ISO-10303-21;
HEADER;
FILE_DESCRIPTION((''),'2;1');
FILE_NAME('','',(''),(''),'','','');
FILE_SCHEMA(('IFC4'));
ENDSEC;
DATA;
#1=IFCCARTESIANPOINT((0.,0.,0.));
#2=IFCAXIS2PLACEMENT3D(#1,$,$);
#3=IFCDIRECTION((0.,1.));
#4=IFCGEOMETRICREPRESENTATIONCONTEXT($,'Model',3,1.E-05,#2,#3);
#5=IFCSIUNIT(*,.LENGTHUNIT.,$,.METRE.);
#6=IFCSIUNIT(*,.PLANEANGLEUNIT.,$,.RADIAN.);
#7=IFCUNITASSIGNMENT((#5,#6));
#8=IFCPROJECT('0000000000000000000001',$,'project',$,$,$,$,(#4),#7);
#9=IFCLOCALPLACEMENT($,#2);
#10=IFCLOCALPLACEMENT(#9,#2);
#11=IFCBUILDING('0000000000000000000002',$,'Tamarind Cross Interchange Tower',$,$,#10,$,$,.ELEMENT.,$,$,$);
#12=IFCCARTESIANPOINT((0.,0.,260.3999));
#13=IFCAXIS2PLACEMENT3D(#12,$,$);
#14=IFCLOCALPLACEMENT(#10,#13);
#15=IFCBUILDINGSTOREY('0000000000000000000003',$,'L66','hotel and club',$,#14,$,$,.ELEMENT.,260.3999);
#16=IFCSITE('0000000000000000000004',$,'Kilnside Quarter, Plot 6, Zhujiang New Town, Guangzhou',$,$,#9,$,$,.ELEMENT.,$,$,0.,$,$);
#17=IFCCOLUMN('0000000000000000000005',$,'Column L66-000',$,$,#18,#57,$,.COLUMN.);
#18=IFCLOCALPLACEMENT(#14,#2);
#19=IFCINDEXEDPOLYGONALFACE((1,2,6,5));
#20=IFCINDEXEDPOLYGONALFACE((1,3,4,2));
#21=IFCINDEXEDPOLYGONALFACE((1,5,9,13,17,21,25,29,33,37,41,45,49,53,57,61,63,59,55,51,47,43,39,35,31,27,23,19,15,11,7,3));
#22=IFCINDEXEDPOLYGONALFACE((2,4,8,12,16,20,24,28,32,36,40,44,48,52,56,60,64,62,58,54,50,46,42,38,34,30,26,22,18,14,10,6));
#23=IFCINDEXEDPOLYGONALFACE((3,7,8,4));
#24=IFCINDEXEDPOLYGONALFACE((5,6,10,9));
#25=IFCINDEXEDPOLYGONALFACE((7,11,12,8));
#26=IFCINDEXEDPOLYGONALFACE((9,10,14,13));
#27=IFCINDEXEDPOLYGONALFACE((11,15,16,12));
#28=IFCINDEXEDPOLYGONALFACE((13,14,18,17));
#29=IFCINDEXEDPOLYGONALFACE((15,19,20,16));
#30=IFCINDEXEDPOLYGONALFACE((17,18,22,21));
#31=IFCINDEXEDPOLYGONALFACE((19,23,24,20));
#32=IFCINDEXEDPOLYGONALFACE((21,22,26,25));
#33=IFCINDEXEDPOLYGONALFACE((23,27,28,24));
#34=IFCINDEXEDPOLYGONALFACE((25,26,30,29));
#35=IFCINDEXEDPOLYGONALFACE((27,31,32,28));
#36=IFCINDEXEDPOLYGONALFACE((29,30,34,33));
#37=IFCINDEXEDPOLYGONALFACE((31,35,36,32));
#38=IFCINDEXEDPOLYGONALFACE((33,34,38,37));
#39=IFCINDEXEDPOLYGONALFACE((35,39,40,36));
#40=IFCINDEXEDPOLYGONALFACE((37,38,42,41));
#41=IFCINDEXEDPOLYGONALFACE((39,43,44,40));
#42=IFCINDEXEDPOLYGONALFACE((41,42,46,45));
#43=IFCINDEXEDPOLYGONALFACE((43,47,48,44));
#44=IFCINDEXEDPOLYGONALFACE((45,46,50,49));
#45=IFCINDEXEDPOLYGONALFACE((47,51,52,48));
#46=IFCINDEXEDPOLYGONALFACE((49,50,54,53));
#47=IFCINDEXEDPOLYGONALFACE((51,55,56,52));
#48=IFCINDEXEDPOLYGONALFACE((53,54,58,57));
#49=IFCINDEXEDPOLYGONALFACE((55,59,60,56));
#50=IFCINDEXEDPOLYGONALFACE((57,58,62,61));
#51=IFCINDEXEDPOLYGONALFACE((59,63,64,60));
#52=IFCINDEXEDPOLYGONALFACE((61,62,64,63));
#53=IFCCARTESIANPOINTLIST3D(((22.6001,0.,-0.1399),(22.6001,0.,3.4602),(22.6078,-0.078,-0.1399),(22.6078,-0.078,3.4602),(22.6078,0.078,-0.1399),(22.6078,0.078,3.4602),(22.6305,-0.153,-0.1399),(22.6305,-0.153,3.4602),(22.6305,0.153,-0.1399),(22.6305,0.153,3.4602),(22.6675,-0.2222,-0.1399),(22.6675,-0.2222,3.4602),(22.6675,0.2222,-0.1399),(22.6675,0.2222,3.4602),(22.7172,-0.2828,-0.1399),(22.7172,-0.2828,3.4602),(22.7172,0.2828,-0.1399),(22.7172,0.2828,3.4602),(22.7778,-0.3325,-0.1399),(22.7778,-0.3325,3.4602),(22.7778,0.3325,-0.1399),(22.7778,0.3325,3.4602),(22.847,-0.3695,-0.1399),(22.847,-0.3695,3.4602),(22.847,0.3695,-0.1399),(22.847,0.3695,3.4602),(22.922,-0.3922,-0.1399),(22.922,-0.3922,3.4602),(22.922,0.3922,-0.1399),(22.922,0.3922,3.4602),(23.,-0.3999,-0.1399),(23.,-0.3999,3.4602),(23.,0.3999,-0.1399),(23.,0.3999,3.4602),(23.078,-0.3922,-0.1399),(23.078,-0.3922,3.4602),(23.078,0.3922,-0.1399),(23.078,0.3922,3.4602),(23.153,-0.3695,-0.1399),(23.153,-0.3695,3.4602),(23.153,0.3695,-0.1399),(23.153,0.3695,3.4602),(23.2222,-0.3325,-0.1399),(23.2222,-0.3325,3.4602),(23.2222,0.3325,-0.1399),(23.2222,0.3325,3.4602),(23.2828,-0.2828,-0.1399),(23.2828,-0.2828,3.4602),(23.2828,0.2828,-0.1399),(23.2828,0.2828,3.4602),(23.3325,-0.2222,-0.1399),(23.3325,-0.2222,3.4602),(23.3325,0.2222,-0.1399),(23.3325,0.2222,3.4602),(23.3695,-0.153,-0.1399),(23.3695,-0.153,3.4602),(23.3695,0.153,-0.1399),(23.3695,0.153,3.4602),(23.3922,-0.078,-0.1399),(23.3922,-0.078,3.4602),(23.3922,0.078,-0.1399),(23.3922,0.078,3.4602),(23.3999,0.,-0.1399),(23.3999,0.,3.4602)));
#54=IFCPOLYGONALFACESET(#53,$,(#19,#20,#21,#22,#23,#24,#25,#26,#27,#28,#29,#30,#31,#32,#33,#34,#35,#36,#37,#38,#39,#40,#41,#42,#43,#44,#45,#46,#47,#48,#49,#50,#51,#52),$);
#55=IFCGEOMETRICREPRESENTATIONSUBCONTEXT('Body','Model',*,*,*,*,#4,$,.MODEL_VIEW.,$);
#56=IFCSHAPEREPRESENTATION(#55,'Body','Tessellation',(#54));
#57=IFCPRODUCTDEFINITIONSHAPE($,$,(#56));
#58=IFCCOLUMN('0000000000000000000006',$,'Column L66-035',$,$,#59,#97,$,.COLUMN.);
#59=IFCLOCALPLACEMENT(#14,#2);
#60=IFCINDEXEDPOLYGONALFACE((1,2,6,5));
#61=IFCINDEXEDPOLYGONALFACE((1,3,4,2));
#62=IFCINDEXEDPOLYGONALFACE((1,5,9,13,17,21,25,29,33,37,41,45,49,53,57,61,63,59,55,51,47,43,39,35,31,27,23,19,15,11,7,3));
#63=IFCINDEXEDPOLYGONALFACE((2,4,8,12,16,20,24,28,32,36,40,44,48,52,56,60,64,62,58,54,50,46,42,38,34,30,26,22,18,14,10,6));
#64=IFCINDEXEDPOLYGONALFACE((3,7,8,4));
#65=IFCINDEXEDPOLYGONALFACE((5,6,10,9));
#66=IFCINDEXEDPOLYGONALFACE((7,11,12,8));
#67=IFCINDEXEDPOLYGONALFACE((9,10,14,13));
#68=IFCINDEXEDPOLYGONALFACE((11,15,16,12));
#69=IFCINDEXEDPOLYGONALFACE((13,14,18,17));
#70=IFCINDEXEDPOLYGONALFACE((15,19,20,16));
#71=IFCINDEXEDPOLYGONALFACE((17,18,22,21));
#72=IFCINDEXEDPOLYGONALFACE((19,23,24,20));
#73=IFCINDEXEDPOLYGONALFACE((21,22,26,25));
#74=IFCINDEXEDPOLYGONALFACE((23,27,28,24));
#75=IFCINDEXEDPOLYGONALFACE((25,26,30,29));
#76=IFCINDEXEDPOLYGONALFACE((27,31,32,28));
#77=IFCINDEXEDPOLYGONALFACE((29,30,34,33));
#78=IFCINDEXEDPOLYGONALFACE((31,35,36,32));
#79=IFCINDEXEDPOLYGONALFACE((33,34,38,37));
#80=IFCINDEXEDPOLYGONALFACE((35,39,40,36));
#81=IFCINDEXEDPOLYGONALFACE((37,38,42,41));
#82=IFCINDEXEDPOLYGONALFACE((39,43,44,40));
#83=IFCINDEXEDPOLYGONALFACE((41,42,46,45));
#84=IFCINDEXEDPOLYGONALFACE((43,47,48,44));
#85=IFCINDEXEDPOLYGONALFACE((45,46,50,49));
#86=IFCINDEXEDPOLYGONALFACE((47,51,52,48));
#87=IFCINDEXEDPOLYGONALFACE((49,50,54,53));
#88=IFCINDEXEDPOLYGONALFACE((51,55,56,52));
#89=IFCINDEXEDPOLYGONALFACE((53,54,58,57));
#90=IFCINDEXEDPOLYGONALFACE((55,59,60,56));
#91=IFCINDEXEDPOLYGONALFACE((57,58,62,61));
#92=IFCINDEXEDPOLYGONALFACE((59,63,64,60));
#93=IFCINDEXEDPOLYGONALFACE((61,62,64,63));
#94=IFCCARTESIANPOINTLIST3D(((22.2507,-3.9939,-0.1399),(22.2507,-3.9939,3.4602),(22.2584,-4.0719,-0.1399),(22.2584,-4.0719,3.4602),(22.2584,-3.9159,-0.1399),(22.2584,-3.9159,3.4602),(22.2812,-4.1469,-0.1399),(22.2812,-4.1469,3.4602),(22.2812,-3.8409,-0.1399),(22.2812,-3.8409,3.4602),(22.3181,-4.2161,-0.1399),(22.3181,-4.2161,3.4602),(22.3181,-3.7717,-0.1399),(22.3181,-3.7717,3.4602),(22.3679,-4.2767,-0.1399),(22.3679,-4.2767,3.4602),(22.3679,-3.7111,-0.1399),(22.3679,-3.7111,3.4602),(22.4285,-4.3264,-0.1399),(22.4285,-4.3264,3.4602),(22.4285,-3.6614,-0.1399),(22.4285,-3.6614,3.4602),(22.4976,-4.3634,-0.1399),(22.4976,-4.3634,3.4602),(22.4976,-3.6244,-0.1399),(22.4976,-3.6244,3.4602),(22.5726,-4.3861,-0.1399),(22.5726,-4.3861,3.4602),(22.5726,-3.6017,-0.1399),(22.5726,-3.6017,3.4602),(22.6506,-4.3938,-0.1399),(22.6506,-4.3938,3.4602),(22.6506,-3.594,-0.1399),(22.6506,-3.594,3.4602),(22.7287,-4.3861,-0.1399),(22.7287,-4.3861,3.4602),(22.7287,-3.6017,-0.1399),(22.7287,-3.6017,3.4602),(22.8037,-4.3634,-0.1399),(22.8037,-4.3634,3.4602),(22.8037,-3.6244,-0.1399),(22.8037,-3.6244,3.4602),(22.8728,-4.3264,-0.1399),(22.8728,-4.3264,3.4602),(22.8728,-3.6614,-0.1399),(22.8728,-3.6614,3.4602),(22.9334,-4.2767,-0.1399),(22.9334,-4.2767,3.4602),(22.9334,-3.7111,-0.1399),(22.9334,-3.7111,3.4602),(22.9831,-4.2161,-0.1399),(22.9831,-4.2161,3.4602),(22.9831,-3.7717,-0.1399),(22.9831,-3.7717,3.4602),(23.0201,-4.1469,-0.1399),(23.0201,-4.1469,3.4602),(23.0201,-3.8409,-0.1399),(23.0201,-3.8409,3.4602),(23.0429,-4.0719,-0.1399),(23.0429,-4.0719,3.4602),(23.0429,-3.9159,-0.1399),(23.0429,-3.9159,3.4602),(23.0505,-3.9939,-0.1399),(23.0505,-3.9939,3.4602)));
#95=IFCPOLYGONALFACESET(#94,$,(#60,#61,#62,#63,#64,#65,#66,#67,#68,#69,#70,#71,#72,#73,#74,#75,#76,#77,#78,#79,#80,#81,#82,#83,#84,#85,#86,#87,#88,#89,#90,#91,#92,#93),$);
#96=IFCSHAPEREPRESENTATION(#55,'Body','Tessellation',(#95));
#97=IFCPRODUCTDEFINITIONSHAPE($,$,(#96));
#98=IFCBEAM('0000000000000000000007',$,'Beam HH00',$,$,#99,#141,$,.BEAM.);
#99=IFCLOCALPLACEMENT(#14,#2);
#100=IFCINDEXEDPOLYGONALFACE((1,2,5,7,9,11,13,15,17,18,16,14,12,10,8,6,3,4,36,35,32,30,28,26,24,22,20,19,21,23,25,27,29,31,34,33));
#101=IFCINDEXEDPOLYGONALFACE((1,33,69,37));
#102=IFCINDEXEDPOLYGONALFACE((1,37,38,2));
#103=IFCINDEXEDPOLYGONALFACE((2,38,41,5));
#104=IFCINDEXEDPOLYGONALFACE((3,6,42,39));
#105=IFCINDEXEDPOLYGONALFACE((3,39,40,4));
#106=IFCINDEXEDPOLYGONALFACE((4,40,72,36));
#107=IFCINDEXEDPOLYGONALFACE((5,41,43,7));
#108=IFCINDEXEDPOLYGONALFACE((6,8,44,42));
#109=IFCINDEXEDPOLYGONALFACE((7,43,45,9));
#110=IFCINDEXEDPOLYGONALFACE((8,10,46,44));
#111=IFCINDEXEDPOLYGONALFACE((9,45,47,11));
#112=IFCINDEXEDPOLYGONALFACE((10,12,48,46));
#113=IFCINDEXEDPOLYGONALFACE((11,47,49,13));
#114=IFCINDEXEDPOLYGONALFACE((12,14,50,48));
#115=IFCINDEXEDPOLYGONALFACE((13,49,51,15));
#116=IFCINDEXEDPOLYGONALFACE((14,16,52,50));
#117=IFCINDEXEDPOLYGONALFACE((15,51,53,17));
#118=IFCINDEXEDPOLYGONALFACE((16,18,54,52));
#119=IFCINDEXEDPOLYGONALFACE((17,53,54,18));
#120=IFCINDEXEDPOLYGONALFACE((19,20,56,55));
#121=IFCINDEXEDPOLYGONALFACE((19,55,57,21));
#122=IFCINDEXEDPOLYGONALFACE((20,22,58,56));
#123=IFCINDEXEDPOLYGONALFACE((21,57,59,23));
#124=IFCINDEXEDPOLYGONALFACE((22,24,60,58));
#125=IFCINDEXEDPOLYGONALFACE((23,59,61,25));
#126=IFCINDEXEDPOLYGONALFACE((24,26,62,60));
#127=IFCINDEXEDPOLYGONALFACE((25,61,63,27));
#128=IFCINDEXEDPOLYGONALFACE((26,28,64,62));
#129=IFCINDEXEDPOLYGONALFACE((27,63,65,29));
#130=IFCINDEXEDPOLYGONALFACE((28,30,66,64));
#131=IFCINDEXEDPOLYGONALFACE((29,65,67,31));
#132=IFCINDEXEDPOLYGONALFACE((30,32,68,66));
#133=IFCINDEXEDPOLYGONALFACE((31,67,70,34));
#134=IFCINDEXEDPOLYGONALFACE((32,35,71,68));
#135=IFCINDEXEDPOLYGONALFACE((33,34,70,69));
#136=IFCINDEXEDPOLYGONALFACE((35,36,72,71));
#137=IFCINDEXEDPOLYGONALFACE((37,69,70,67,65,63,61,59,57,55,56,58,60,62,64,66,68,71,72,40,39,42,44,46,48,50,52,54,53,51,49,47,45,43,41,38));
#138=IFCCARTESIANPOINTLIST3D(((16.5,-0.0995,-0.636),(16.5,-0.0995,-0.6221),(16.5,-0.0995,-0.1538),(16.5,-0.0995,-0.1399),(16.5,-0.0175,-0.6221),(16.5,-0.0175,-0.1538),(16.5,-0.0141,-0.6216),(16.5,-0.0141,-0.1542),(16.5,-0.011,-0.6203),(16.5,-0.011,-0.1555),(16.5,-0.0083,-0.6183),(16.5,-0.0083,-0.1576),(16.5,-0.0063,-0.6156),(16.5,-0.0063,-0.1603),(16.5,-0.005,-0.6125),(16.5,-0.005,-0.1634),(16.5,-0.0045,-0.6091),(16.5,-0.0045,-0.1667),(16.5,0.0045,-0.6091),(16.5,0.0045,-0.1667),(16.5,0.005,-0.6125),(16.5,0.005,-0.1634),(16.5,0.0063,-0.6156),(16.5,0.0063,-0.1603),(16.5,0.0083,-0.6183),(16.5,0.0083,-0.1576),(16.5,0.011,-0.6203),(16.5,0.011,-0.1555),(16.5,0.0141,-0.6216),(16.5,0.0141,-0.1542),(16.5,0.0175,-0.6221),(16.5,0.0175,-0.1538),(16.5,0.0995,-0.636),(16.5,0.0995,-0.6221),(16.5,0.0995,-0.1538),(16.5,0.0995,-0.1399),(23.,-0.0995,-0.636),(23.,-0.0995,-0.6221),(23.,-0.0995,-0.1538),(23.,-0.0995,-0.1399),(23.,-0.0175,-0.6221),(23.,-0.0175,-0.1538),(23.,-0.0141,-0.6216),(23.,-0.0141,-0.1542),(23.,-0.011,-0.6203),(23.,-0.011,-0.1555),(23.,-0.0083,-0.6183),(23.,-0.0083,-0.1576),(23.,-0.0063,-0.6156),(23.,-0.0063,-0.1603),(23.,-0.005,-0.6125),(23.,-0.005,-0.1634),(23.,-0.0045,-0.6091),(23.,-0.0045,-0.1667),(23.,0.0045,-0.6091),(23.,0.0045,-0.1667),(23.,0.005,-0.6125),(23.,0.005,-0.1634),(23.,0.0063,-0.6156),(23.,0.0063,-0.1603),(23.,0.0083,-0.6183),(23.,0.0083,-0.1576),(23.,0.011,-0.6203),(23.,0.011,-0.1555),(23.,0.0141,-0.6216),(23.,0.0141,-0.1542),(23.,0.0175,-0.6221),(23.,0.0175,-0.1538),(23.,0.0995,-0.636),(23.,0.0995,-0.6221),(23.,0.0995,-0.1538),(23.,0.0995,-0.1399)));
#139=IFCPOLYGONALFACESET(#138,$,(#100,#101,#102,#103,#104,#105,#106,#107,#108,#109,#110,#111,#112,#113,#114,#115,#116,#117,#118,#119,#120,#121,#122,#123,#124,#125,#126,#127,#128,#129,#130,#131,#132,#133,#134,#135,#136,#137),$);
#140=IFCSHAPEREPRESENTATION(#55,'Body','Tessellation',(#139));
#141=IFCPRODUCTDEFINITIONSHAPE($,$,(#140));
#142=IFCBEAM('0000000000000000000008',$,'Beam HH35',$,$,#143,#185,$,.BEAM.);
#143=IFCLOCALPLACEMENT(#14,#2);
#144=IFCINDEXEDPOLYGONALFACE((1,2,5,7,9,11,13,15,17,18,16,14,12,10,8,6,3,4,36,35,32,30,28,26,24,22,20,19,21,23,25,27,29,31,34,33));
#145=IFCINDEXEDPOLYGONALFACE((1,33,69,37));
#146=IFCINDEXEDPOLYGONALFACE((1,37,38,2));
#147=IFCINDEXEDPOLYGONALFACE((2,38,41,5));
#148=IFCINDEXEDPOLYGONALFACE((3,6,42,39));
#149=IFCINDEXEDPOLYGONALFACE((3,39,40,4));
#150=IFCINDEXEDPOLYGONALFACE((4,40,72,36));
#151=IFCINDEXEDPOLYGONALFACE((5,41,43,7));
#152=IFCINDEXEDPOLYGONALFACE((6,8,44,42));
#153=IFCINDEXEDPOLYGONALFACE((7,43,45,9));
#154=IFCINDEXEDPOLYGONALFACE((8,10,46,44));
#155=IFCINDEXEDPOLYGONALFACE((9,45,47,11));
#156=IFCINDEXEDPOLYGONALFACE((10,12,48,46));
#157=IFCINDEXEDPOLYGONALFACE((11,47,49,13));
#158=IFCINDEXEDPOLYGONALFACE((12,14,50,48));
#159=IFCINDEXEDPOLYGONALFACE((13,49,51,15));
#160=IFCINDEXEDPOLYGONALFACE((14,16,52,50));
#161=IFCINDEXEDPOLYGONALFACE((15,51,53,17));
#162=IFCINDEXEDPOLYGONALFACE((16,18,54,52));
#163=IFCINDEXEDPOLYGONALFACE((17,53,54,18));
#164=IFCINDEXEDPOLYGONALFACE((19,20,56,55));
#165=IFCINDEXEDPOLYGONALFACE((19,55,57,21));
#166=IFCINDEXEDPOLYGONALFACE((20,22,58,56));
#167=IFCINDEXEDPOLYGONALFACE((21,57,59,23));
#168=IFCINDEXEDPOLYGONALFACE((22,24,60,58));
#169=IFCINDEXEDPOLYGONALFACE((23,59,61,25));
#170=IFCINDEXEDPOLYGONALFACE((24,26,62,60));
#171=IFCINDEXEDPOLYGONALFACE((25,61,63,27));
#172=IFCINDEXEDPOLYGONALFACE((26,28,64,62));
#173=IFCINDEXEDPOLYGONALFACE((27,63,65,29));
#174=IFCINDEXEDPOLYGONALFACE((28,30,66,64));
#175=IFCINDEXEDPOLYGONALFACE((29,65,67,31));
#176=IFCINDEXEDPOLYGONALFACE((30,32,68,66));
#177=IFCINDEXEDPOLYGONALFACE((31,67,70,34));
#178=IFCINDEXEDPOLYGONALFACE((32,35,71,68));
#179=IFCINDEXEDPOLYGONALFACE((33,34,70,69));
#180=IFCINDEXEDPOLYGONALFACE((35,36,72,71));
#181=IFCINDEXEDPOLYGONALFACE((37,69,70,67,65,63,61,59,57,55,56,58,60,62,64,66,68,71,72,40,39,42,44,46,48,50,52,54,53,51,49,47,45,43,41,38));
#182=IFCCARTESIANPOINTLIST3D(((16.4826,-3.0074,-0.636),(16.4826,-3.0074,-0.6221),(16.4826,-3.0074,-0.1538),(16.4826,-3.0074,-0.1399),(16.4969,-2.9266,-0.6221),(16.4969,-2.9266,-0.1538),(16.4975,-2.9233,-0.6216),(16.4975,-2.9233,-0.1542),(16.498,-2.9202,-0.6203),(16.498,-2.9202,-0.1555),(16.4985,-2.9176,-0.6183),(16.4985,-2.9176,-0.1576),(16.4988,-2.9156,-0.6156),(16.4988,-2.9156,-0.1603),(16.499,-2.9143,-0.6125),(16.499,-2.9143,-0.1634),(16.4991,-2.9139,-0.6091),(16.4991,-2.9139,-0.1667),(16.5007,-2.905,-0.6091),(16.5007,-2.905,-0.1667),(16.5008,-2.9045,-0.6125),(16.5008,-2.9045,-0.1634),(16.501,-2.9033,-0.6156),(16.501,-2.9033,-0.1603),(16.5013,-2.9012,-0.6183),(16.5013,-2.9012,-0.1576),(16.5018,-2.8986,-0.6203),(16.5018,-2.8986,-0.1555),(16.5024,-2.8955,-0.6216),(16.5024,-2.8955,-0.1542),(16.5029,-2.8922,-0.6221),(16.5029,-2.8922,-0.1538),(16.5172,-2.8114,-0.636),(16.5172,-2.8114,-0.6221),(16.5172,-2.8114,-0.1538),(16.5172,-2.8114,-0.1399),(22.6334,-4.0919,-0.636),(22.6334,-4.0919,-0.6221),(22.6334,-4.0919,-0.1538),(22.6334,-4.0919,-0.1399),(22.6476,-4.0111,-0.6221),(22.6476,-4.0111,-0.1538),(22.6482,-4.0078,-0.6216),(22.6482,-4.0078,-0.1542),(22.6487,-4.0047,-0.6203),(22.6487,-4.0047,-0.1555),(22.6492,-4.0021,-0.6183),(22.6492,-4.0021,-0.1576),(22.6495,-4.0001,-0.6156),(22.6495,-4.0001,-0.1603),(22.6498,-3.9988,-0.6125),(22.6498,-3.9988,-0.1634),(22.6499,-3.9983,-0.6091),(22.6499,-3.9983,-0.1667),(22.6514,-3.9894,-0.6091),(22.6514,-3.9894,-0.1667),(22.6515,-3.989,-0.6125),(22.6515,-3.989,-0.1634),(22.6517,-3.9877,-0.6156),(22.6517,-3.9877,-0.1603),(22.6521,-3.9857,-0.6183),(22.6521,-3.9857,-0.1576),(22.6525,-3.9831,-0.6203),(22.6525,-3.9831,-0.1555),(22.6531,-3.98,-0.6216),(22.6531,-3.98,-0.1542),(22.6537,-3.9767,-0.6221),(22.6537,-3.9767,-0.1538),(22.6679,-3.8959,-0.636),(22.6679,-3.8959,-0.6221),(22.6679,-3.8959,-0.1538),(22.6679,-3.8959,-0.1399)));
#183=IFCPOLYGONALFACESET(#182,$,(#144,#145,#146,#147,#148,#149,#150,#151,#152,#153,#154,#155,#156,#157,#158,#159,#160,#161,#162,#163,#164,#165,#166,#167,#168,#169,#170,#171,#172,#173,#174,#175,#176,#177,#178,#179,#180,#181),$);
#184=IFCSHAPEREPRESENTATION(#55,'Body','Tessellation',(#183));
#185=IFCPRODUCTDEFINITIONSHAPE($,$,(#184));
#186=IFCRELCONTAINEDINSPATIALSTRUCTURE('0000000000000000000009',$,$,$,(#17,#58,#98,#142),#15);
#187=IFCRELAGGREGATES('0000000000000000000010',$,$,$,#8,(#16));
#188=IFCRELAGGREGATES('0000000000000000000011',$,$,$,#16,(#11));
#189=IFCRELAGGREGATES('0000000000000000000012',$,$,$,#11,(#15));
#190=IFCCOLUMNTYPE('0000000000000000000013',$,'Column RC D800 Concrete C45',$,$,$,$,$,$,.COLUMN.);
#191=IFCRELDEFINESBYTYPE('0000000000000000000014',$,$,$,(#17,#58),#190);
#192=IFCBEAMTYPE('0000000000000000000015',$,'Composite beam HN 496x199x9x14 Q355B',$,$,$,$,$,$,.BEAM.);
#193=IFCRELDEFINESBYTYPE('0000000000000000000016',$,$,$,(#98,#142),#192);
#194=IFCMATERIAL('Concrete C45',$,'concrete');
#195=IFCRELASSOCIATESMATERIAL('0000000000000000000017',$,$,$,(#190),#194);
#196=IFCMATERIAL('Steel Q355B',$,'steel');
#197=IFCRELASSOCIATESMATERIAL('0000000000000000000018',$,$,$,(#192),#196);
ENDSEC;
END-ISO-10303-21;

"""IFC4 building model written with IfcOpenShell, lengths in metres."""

from ifc_helpers import new_model, si_unit, direction, frame, origin, origin_2d, place, context, subcontext, project, spatial, circle, i_section, extrude, material, material_profile, profile_set, type_object, element, save


model = new_model("IFC4")

# Units and contexts
model_context = context("Model", 3, precision=1e-05, world=origin(), true_north=direction((0.0, 1.0)))
body_context = subcontext(model_context, "Body", "Model", "MODEL_VIEW")
ifc_project = project(units=[si_unit("LENGTHUNIT", "METRE"), si_unit("PLANEANGLEUNIT", "RADIAN")], contexts=[model_context])

# Site, building, storey
site_placement = place(None, origin())
site = spatial("IfcSite", under=ifc_project, at=site_placement, Name="Kilnside Quarter, Plot 6, Zhujiang New Town, Guangzhou", CompositionType="ELEMENT", RefElevation=0.0)
building_placement = place(site_placement, origin())
building = spatial("IfcBuilding", under=site, at=building_placement, Name="Tamarind Cross Interchange Tower", CompositionType="ELEMENT")
storey_placement = place(building_placement, frame((0.0, 0.0, 260.3999)))
storey = spatial("IfcBuildingStorey", under=building, at=storey_placement, Name="L66", Description="hotel and club", CompositionType="ELEMENT", Elevation=260.3999)

# Columns
ifc_material_1 = material(Name="Concrete C45", Category="concrete")
ifc_material_profile_1 = material_profile(ifc_material_1, circle(Radius=0.3999, at=origin_2d()), Name="RC D800")
ifc_profile_set_1 = profile_set([ifc_material_profile_1], Name="Concrete C45")
column_type = type_object("IfcColumnType", Name="Column RC D800 Concrete C45", PredefinedType="COLUMN", material=ifc_profile_set_1)
for number, where, z_axis, x_axis, name in (
    (1, (23.0, 0.0, -0.1399), (0.0, 0.0, 1.0), (1.0, 0.0, 0.0), "Column L66-000"),
    (2, (22.6506, -3.9939, -0.1399), (0.0, 0.0, 1.0), (1.0, 0.0, 0.0), "Column L66-035"),
):
    element("IfcColumn", number, at=place(storey_placement, frame(where, z_axis=z_axis, x_axis=x_axis)), inside=storey, type_object=column_type, Name=name, PredefinedType="COLUMN", context=body_context, shape_type="SweptSolid", body=[
        extrude(circle(Radius=0.3999, at=origin_2d()), origin(), (0.0, 0.0, 1.0), 3.6001),
    ])

# Beams
ifc_material_2 = material(Name="Steel Q355B", Category="steel")
ifc_material_profile_2 = material_profile(ifc_material_2, i_section(OverallWidth=0.199, OverallDepth=0.4961, WebThickness=0.009, FlangeThickness=0.0139, FilletRadius=0.0129, at=origin_2d()), Name="HN 496x199x9x14")
ifc_profile_set_2 = profile_set([ifc_material_profile_2], Name="Steel Q355B")
beam_type = type_object("IfcBeamType", Name="Composite beam HN 496x199x9x14 Q355B", PredefinedType="BEAM", material=ifc_profile_set_2)
beam_1_placement = place(storey_placement, frame((23.0, 0.0, -0.3879), z_axis=(-1.0, 0.0, 0.0), x_axis=(0.0, -1.0, 0.0)))
element("IfcBeam", 3, at=beam_1_placement, inside=storey, type_object=beam_type, Name="Beam HH00", PredefinedType="BEAM", context=body_context, shape_type="SweptSolid", body=[
    extrude(i_section(OverallWidth=0.199, OverallDepth=0.4961, WebThickness=0.009, FlangeThickness=0.0139, FilletRadius=0.0129, at=origin_2d()), origin(), (0.0, 0.0, 1.0), 6.5),
])
beam_2_placement = place(storey_placement, frame((22.6506, -3.9939, -0.3879), z_axis=(-0.984809, 0.17364, 0.0), x_axis=(-0.17364, -0.984809, 0.0)))
element("IfcBeam", 4, at=beam_2_placement, inside=storey, type_object=beam_type, Name="Beam HH35", PredefinedType="BEAM", context=body_context, shape_type="SweptSolid", body=[
    extrude(i_section(OverallWidth=0.199, OverallDepth=0.4961, WebThickness=0.009, FlangeThickness=0.0139, FilletRadius=0.0129, at=origin_2d()), origin(), (0.0, 0.0, 1.0), 6.2456),
])

save(model, "model.ifc")
